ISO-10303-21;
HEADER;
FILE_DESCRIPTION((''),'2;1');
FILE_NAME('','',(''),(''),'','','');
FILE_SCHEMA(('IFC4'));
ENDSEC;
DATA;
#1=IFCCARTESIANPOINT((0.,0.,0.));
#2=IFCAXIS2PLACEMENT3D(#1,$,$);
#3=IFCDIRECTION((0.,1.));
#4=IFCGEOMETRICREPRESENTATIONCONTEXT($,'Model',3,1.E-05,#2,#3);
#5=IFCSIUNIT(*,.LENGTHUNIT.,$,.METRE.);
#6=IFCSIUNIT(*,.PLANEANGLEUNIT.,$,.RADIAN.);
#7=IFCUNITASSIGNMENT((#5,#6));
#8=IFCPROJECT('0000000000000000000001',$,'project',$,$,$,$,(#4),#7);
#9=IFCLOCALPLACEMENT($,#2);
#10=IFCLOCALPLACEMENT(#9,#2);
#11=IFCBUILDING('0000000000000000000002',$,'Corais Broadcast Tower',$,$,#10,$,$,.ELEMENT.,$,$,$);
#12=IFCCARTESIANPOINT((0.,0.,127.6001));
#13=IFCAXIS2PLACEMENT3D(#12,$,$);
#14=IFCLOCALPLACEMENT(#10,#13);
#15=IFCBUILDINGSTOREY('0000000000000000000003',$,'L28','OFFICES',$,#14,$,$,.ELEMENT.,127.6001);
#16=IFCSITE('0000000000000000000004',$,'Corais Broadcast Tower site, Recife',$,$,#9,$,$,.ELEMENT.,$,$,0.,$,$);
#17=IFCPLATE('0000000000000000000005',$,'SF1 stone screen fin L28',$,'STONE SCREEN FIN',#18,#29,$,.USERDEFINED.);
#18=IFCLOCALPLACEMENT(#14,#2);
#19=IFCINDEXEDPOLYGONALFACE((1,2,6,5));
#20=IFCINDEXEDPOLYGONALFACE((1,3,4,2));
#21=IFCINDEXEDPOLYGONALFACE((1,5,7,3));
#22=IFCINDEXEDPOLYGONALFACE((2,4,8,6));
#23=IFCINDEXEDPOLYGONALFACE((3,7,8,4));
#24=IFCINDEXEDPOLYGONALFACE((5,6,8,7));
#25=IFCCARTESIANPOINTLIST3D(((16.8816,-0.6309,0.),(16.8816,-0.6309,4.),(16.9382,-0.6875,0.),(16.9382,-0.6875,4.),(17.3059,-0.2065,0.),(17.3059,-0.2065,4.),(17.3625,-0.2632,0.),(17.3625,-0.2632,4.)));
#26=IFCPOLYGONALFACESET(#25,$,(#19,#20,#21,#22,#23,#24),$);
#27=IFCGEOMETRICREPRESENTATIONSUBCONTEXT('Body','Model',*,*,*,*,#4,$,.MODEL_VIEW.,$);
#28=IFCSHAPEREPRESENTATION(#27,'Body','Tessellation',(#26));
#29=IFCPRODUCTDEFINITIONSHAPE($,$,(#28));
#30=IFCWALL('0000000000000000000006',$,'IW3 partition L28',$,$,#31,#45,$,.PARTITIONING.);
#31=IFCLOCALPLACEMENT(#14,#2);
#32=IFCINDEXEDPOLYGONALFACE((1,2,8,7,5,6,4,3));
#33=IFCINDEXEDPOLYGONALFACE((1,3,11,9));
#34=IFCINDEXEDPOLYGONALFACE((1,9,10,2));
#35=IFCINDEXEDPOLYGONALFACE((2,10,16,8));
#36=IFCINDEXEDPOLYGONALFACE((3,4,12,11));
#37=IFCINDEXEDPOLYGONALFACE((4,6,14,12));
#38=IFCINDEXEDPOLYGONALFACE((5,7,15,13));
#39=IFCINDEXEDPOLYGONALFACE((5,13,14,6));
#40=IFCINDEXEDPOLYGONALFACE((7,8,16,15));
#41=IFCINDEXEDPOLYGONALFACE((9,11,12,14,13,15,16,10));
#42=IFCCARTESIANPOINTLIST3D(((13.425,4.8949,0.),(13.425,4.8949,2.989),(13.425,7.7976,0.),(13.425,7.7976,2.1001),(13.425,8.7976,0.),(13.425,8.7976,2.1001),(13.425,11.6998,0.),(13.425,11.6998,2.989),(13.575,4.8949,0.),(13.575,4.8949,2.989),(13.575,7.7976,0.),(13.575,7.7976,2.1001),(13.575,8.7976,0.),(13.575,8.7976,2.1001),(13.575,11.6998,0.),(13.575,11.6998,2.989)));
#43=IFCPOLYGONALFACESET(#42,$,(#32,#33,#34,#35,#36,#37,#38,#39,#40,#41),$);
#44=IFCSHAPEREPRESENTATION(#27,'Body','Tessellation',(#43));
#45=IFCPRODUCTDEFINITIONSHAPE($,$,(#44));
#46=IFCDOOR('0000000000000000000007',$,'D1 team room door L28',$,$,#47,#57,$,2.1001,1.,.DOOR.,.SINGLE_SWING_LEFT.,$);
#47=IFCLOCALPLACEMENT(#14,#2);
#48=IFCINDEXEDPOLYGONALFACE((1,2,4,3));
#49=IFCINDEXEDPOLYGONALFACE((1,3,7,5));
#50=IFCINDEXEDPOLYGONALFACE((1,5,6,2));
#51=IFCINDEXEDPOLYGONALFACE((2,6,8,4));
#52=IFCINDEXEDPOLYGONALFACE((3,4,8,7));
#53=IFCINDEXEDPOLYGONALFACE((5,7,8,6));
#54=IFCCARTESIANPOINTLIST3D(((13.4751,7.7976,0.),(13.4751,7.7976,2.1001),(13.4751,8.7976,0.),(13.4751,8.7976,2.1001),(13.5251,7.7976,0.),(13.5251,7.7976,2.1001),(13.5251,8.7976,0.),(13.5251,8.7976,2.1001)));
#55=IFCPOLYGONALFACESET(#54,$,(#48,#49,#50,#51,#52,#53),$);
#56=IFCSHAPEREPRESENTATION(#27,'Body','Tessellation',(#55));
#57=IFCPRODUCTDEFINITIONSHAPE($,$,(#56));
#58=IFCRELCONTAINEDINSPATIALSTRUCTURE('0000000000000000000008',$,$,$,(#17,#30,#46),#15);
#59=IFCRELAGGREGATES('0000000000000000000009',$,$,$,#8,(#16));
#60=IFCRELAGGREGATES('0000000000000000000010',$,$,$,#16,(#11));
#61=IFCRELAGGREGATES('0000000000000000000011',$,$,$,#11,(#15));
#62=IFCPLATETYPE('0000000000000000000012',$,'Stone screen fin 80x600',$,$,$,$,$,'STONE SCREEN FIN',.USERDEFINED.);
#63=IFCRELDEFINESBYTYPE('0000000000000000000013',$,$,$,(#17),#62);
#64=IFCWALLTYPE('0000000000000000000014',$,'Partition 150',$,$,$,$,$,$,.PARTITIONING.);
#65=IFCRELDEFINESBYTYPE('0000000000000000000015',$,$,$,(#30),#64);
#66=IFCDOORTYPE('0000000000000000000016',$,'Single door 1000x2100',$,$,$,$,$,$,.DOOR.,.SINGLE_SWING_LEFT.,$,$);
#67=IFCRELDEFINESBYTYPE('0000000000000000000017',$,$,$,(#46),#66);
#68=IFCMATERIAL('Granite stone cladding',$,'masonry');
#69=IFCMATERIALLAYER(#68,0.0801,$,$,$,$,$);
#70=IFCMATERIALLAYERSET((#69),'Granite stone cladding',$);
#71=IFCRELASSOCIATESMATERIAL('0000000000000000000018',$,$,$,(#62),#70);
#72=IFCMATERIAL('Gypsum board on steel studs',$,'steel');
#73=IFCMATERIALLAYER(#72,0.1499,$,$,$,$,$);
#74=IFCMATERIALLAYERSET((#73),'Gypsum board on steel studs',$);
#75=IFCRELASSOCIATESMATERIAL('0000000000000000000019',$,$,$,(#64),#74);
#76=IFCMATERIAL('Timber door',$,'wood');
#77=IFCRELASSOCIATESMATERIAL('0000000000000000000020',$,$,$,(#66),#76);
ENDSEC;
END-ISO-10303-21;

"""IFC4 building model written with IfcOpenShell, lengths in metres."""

from ifc_helpers import new_model, si_unit, direction, frame, frame_2d, origin, origin_2d, place, context, subcontext, project, spatial, rectangle, extrude, material, layer, layer_set, type_object, element, fill, save


model = new_model("IFC4")

# Units and contexts
model_context = context("Model", 3, precision=1e-05, world=origin(), true_north=direction((0.0, 1.0)))
body_context = subcontext(model_context, "Body", "Model", "MODEL_VIEW")
ifc_project = project(units=[si_unit("LENGTHUNIT", "METRE"), si_unit("PLANEANGLEUNIT", "RADIAN")], contexts=[model_context])

# Site, building, storey
site_placement = place(None, origin())
site = spatial("IfcSite", under=ifc_project, at=site_placement, Name="Corais Broadcast Tower site, Recife", CompositionType="ELEMENT", RefElevation=0.0)
building_placement = place(site_placement, origin())
building = spatial("IfcBuilding", under=site, at=building_placement, Name="Corais Broadcast Tower", CompositionType="ELEMENT")
storey_placement = place(building_placement, frame((0.0, 0.0, 127.6001)))
storey = spatial("IfcBuildingStorey", under=building, at=storey_placement, Name="L28", Description="OFFICES", CompositionType="ELEMENT", Elevation=127.6001)

# Plate
ifc_material_1 = material(Name="Granite stone cladding", Category="masonry")
ifc_layer_1 = layer(ifc_material_1, 0.0801)
ifc_layer_set_1 = layer_set([ifc_layer_1], Name="Granite stone cladding")
plate_type_1 = type_object("IfcPlateType", Name="Stone screen fin 80x600", ElementType="STONE SCREEN FIN", PredefinedType="USERDEFINED", material=ifc_layer_set_1)
plate_1_placement = place(storey_placement, frame((17.1221, -0.447, 0.0), z_axis=(0.0, 0.0, 1.0), x_axis=(-0.707107, 0.707107, 0.0)))
element("IfcPlate", 1, at=plate_1_placement, inside=storey, type_object=plate_type_1, Name="SF1 stone screen fin L28", ObjectType="STONE SCREEN FIN", PredefinedType="USERDEFINED", context=body_context, shape_type="SweptSolid", body=[
    extrude(rectangle(XDim=0.0801, YDim=0.6001, at=origin_2d()), origin(), (0.0, 0.0, 1.0), 4.0),
])

# Wall, opening, door
ifc_material_2 = material(Name="Gypsum board on steel studs", Category="steel")
ifc_layer_2 = layer(ifc_material_2, 0.1499)
ifc_layer_set_2 = layer_set([ifc_layer_2], Name="Gypsum board on steel studs")
wall_type = type_object("IfcWallType", Name="Partition 150", PredefinedType="PARTITIONING", material=ifc_layer_set_2)
wall_placement = place(storey_placement, frame((13.5, 4.895, 0.0), z_axis=(0.0, 0.0, 1.0), x_axis=(0.0, 1.0, 0.0)))
wall = element("IfcWall", 2, at=wall_placement, inside=storey, type_object=wall_type, Name="IW3 partition L28", PredefinedType="PARTITIONING", context=body_context, shape_type="SweptSolid", body=[
    extrude(rectangle(XDim=6.8049, YDim=0.1499, at=frame_2d((3.4023, 0.0))), origin(), (0.0, 0.0, 1.0), 2.989),
])
opening_placement = place(wall_placement, frame((2.9026, 0.0, 0.0)))
opening = element("IfcOpeningElement", 3, at=opening_placement, cuts=wall, PredefinedType="OPENING", context=body_context, shape_type="SweptSolid", body=[
    extrude(rectangle(XDim=1.0, YDim=2.1001, at=frame_2d((0.5, 1.05))), frame((0.0, 0.085, 0.0), z_axis=(0.0, -1.0, 0.0), x_axis=(1.0, 0.0, 0.0)), (0.0, 0.0, 1.0), 0.1699),
])
ifc_material_3 = material(Name="Timber door", Category="wood")
door_type = type_object("IfcDoorType", Name="Single door 1000x2100", OperationType="SINGLE_SWING_LEFT", PredefinedType="DOOR", material=ifc_material_3)
door_placement = place(opening_placement, origin())
door = element("IfcDoor", 4, at=door_placement, inside=storey, type_object=door_type, Name="D1 team room door L28", OperationType="SINGLE_SWING_LEFT", OverallHeight=2.1001, OverallWidth=1.0, PredefinedType="DOOR", context=body_context, shape_type="SweptSolid", body=[
    extrude(rectangle(XDim=1.0, YDim=2.1001, at=frame_2d((0.5, 1.05))), frame((0.0, 0.0249, 0.0), z_axis=(0.0, -1.0, 0.0), x_axis=(1.0, 0.0, 0.0)), (0.0, 0.0, 1.0), 0.05),
])
fill(opening, door)

save(model, "model.ifc")
